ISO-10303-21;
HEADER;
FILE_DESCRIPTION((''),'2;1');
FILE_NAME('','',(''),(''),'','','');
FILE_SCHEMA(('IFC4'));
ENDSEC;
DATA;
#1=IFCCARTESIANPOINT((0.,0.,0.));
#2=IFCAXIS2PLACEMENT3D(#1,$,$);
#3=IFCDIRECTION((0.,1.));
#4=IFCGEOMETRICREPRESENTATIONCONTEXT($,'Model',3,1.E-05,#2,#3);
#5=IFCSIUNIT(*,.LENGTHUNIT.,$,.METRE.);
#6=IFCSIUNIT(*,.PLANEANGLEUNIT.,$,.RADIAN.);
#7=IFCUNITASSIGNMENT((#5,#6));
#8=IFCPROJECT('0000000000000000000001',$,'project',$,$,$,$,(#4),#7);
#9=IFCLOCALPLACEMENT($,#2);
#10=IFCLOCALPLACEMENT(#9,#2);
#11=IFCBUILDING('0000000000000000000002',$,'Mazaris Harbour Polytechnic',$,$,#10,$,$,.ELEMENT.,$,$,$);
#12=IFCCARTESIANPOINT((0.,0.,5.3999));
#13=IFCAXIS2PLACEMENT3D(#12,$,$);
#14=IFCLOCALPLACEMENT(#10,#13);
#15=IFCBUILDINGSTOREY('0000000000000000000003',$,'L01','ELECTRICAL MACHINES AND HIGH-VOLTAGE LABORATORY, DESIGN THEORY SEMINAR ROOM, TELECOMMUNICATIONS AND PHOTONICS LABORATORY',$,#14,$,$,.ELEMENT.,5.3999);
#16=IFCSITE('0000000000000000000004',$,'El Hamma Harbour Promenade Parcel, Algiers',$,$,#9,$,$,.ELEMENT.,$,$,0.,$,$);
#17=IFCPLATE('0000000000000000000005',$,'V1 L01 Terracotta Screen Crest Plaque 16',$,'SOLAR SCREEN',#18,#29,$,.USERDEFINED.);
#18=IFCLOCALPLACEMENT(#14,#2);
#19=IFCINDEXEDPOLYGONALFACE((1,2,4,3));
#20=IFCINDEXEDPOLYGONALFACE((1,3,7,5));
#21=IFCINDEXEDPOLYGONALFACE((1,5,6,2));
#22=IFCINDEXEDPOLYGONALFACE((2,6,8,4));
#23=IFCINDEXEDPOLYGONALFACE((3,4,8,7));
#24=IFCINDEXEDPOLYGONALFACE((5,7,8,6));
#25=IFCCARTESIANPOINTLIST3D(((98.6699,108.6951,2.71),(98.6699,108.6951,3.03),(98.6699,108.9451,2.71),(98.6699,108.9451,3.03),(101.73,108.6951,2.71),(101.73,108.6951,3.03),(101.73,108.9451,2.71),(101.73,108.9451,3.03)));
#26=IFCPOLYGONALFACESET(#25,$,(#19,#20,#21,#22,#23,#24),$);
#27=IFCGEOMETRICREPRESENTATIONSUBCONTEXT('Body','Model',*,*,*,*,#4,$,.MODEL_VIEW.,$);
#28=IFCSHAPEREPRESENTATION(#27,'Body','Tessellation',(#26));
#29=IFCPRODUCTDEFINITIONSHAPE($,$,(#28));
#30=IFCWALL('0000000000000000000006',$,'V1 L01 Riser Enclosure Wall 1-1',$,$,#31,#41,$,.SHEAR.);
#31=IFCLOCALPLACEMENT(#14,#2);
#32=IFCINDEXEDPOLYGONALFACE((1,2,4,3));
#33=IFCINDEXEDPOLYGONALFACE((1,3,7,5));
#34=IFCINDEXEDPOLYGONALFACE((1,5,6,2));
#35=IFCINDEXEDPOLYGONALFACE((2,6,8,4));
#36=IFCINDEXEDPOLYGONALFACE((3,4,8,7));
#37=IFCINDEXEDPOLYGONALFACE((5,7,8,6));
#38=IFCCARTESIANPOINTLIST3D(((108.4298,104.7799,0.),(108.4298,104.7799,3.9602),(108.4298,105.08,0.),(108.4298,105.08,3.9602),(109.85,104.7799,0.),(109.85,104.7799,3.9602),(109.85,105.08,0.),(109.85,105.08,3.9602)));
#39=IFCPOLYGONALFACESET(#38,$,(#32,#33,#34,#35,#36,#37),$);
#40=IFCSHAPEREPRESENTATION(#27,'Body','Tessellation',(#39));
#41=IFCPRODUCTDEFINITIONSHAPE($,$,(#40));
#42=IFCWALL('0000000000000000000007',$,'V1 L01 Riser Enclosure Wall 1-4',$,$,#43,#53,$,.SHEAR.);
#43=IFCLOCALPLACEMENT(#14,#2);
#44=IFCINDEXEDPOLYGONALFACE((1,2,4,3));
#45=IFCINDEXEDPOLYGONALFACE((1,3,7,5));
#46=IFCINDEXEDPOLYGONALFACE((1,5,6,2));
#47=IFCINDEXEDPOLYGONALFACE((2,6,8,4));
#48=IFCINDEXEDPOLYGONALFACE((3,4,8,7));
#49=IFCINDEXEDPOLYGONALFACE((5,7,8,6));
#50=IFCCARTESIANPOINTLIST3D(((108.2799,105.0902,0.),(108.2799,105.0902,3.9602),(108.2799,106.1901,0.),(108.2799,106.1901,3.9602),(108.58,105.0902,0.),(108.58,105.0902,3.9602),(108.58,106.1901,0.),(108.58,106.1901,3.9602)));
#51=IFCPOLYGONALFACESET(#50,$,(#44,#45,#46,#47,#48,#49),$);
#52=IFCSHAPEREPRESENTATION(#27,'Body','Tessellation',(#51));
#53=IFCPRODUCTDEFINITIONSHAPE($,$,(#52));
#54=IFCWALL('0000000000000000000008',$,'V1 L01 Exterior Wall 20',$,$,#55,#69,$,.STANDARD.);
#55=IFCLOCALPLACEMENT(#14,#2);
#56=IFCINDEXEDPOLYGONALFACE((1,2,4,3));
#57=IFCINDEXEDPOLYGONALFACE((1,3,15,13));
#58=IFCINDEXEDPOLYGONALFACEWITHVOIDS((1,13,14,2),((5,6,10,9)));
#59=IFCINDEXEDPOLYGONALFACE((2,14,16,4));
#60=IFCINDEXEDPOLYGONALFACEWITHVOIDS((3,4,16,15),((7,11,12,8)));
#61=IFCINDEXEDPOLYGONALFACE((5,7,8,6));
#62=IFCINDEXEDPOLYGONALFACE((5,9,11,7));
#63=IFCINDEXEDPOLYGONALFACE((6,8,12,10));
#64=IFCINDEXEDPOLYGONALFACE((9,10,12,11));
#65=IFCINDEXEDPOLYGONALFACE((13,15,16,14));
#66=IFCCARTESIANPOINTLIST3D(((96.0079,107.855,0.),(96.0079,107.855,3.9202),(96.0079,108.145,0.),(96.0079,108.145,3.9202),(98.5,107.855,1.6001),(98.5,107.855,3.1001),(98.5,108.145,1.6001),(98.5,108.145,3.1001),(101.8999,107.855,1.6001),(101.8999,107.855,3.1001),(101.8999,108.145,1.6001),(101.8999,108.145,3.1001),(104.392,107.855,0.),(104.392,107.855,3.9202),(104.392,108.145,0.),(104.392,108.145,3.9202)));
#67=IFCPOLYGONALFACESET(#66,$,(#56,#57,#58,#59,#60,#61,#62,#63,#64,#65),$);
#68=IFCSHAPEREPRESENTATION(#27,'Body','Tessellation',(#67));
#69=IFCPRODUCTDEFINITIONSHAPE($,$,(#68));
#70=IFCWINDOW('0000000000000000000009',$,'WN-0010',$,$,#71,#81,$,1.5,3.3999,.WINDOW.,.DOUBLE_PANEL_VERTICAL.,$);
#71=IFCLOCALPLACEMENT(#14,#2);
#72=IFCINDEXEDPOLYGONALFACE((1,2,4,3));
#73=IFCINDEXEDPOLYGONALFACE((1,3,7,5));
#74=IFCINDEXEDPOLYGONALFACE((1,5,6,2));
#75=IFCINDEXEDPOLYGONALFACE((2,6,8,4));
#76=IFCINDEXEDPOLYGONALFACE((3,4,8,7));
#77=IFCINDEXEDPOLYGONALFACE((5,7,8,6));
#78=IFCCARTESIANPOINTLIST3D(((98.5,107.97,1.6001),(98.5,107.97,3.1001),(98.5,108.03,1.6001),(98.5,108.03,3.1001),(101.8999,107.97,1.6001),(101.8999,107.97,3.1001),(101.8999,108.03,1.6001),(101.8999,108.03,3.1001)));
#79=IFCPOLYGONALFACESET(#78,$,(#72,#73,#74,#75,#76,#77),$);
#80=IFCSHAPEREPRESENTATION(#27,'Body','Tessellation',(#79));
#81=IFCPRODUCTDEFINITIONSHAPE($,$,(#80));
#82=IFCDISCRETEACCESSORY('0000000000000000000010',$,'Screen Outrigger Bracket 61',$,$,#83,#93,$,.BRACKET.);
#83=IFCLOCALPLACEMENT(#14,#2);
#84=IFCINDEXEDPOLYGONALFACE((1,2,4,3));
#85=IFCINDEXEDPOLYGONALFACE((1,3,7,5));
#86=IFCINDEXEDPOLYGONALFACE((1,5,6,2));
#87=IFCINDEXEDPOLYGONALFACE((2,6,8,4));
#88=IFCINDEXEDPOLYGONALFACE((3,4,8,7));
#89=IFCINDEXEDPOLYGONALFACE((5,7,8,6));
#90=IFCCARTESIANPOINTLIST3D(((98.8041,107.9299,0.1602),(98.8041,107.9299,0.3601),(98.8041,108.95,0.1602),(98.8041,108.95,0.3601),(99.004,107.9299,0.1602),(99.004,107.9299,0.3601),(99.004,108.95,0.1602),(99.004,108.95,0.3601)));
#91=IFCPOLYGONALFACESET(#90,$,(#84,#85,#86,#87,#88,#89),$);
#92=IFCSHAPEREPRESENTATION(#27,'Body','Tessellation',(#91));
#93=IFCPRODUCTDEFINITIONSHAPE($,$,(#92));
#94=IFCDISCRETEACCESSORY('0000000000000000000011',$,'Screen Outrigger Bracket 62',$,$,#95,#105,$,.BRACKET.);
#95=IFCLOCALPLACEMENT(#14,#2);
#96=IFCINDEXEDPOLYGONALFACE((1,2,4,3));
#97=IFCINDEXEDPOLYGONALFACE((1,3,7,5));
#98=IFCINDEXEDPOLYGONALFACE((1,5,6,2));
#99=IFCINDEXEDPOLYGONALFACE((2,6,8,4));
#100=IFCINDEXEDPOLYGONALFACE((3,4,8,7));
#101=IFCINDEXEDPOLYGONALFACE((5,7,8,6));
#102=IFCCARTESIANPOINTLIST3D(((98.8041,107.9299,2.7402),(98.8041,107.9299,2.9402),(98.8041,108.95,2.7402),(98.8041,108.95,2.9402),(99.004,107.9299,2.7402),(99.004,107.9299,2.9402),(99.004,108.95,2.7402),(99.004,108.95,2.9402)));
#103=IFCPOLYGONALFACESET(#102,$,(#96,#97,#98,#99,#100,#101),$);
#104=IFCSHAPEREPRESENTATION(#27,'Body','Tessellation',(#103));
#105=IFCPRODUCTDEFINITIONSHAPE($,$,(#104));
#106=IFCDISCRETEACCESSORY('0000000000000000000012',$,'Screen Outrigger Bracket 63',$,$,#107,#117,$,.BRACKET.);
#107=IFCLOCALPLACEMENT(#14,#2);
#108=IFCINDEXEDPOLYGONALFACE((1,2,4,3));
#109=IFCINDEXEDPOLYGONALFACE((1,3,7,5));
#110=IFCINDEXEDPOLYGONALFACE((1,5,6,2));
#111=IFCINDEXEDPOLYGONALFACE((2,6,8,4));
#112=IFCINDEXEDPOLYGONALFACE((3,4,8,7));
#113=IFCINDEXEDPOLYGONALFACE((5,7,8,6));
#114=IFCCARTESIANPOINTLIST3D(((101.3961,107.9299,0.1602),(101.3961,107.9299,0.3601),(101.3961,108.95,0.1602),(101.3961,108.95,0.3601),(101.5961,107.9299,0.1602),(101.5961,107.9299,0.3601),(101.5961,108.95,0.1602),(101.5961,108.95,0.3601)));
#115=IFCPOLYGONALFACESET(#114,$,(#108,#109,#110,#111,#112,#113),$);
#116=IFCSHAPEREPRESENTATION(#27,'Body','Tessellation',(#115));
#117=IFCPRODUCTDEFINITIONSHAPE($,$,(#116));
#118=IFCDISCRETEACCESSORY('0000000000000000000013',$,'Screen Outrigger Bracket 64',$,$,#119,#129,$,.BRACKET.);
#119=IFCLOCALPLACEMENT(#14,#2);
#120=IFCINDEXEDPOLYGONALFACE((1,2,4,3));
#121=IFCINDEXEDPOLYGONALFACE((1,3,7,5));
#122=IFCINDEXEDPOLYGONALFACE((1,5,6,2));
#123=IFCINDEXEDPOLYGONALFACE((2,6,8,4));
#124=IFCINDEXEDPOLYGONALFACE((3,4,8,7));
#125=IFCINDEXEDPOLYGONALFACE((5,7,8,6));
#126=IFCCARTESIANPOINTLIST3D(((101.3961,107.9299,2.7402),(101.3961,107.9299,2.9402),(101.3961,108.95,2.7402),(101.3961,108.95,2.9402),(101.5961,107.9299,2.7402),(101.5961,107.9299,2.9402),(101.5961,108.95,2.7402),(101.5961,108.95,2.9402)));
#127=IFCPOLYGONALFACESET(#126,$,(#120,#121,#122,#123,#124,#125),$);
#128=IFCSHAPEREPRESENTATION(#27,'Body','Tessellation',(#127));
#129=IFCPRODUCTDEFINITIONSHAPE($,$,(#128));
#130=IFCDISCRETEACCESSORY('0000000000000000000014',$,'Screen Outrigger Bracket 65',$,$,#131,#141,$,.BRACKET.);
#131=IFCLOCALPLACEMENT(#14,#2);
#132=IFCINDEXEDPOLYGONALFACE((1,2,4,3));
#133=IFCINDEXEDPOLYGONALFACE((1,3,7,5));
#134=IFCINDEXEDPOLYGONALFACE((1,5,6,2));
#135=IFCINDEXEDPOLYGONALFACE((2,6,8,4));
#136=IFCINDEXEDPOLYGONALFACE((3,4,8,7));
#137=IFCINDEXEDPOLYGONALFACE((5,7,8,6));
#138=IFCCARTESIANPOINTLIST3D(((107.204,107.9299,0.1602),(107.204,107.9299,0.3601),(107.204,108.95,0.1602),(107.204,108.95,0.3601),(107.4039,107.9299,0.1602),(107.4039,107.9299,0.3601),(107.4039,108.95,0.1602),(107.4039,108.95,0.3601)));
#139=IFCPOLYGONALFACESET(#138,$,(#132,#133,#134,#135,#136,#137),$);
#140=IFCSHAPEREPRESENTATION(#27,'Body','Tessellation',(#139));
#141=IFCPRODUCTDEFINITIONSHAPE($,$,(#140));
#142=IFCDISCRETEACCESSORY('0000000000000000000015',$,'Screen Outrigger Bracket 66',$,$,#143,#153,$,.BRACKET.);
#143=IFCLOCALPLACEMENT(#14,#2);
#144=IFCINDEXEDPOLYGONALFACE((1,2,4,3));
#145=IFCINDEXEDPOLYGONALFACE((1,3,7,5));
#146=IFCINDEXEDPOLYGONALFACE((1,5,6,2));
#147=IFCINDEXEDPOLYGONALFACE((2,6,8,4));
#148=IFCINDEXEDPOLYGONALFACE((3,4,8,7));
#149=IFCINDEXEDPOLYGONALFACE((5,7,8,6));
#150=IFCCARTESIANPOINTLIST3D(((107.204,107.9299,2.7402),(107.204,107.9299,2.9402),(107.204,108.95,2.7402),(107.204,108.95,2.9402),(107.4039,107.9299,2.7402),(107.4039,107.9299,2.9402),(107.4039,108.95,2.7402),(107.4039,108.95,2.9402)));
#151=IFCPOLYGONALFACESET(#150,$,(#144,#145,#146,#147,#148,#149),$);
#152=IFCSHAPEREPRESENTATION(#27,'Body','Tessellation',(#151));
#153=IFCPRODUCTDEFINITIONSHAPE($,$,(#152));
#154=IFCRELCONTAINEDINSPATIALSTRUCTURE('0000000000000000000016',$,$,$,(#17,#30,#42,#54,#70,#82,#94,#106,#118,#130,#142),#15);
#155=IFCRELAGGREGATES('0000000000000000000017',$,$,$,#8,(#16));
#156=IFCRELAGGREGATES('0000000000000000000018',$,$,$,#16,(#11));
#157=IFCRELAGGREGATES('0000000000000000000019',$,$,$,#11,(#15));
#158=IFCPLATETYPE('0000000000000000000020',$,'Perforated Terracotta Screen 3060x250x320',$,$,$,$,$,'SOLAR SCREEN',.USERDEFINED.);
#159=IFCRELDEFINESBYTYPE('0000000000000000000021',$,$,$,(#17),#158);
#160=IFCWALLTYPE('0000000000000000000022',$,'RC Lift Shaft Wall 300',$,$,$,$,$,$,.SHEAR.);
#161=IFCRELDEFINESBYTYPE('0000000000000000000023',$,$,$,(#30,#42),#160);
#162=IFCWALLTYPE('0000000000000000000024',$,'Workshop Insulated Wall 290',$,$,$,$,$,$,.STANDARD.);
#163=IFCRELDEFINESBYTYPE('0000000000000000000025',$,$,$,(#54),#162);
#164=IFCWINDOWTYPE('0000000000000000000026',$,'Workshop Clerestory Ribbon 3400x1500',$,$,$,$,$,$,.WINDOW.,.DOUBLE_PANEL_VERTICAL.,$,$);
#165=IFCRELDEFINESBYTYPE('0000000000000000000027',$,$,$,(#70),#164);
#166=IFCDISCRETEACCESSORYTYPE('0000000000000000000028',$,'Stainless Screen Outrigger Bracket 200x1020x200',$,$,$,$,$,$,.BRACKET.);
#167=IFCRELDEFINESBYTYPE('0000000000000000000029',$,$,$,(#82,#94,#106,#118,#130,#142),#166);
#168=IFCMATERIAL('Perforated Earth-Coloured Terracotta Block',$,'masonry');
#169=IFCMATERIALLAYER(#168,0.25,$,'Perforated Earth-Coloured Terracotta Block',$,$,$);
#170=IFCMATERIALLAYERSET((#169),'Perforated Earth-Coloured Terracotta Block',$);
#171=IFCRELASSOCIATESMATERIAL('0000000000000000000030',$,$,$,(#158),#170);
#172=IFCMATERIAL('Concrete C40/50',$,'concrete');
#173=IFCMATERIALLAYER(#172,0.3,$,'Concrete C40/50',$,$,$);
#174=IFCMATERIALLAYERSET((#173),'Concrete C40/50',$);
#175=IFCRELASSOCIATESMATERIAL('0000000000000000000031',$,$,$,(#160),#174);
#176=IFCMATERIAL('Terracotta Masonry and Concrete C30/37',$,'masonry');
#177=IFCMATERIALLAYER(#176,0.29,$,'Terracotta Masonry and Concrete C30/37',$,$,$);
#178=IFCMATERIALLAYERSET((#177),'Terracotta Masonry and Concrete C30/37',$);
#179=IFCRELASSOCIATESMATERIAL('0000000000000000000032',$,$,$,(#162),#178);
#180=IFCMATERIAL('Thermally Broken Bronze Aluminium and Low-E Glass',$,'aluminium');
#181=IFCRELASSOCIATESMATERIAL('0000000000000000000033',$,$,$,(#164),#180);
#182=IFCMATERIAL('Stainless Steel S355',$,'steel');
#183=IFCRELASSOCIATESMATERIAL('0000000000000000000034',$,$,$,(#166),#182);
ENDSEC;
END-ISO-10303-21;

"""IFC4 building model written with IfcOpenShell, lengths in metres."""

from ifc_helpers import new_model, si_unit, direction, frame, frame_2d, origin, origin_2d, place, context, subcontext, project, spatial, rectangle, extrude, material, layer, layer_set, type_object, element, fill, save


model = new_model("IFC4")

# Units and contexts
model_context = context("Model", 3, precision=1e-05, world=origin(), true_north=direction((0.0, 1.0)))
body_context = subcontext(model_context, "Body", "Model", "MODEL_VIEW")
ifc_project = project(units=[si_unit("LENGTHUNIT", "METRE"), si_unit("PLANEANGLEUNIT", "RADIAN")], contexts=[model_context])

# Site, building, storey
site_placement = place(None, origin())
site = spatial("IfcSite", under=ifc_project, at=site_placement, Name="El Hamma Harbour Promenade Parcel, Algiers", CompositionType="ELEMENT", RefElevation=0.0)
building_placement = place(site_placement, origin())
building = spatial("IfcBuilding", under=site, at=building_placement, Name="Mazaris Harbour Polytechnic", CompositionType="ELEMENT")
storey_placement = place(building_placement, frame((0.0, 0.0, 5.3999)))
storey = spatial("IfcBuildingStorey", under=building, at=storey_placement, Name="L01", Description="ELECTRICAL MACHINES AND HIGH-VOLTAGE LABORATORY, DESIGN THEORY SEMINAR ROOM, TELECOMMUNICATIONS AND PHOTONICS LABORATORY", CompositionType="ELEMENT", Elevation=5.3999)

# Plate
ifc_material_1 = material(Name="Perforated Earth-Coloured Terracotta Block", Category="masonry")
ifc_layer_1 = layer(ifc_material_1, 0.25, Name="Perforated Earth-Coloured Terracotta Block")
ifc_layer_set_1 = layer_set([ifc_layer_1], Name="Perforated Earth-Coloured Terracotta Block")
plate_type_1 = type_object("IfcPlateType", Name="Perforated Terracotta Screen 3060x250x320", ElementType="SOLAR SCREEN", PredefinedType="USERDEFINED", material=ifc_layer_set_1)
plate_1_placement = place(storey_placement, frame((100.2, 108.8201, 2.71), z_axis=(0.0, 0.0, 1.0), x_axis=(1.0, 0.0, 0.0)))
element("IfcPlate", 1, at=plate_1_placement, inside=storey, type_object=plate_type_1, Name="V1 L01 Terracotta Screen Crest Plaque 16", ObjectType="SOLAR SCREEN", PredefinedType="USERDEFINED", context=body_context, shape_type="SweptSolid", body=[
    extrude(rectangle(XDim=3.0601, YDim=0.25, at=origin_2d()), origin(), (0.0, 0.0, 1.0), 0.3201),
])

# Walls
ifc_material_2 = material(Name="Concrete C40/50", Category="concrete")
ifc_layer_2 = layer(ifc_material_2, 0.3, Name="Concrete C40/50")
ifc_layer_set_2 = layer_set([ifc_layer_2], Name="Concrete C40/50")
wall_type_1 = type_object("IfcWallType", Name="RC Lift Shaft Wall 300", PredefinedType="SHEAR", material=ifc_layer_set_2)
wall_1_placement = place(storey_placement, frame((108.4299, 104.9299, 0.0), z_axis=(0.0, 0.0, 1.0), x_axis=(1.0, 0.0, 0.0)))
element("IfcWall", 2, at=wall_1_placement, inside=storey, type_object=wall_type_1, Name="V1 L01 Riser Enclosure Wall 1-1", PredefinedType="SHEAR", context=body_context, shape_type="SweptSolid", body=[
    extrude(rectangle(XDim=1.4202, YDim=0.3, at=frame_2d((0.71, 0.0))), origin(), (0.0, 0.0, 1.0), 3.9602),
])
wall_2_placement = place(storey_placement, frame((108.4299, 106.1899, 0.0), z_axis=(0.0, 0.0, 1.0), x_axis=(0.0, -1.0, 0.0)))
element("IfcWall", 3, at=wall_2_placement, inside=storey, type_object=wall_type_1, Name="V1 L01 Riser Enclosure Wall 1-4", PredefinedType="SHEAR", context=body_context, shape_type="SweptSolid", body=[
    extrude(rectangle(XDim=1.0999, YDim=0.3, at=frame_2d((0.5498, 0.0))), origin(), (0.0, 0.0, 1.0), 3.9602),
])

# Wall, opening, window
ifc_material_3 = material(Name="Terracotta Masonry and Concrete C30/37", Category="masonry")
ifc_layer_3 = layer(ifc_material_3, 0.29, Name="Terracotta Masonry and Concrete C30/37")
ifc_layer_set_3 = layer_set([ifc_layer_3], Name="Terracotta Masonry and Concrete C30/37")
wall_type_2 = type_object("IfcWallType", Name="Workshop Insulated Wall 290", PredefinedType="STANDARD", material=ifc_layer_set_3)
wall_3_placement = place(storey_placement, frame((96.0081, 108.0, 0.0), z_axis=(0.0, 0.0, 1.0), x_axis=(1.0, 0.0, 0.0)))
wall_3 = element("IfcWall", 4, at=wall_3_placement, inside=storey, type_object=wall_type_2, Name="V1 L01 Exterior Wall 20", PredefinedType="STANDARD", context=body_context, shape_type="SweptSolid", body=[
    extrude(rectangle(XDim=8.384, YDim=0.29, at=frame_2d((4.1919, 0.0))), origin(), (0.0, 0.0, 1.0), 3.9202),
])
opening_placement = place(wall_3_placement, frame((2.4919, 0.0, 1.6001)))
opening = element("IfcOpeningElement", 5, at=opening_placement, cuts=wall_3, PredefinedType="OPENING", context=body_context, shape_type="SweptSolid", body=[
    extrude(rectangle(XDim=3.3999, YDim=1.5, at=frame_2d((1.7, 0.75))), frame((0.0, 0.155, 0.0), z_axis=(0.0, -1.0, 0.0), x_axis=(1.0, 0.0, 0.0)), (0.0, 0.0, 1.0), 0.3101),
])
ifc_material_4 = material(Name="Thermally Broken Bronze Aluminium and Low-E Glass", Category="aluminium")
window_type = type_object("IfcWindowType", Name="Workshop Clerestory Ribbon 3400x1500", PartitioningType="DOUBLE_PANEL_VERTICAL", PredefinedType="WINDOW", material=ifc_material_4)
window_placement = place(opening_placement, origin())
window = element("IfcWindow", 6, at=window_placement, inside=storey, type_object=window_type, Name="WN-0010", OverallHeight=1.5, OverallWidth=3.3999, PartitioningType="DOUBLE_PANEL_VERTICAL", PredefinedType="WINDOW", context=body_context, shape_type="SweptSolid", body=[
    extrude(rectangle(XDim=3.3999, YDim=1.5, at=frame_2d((1.7, 0.75))), frame((0.0, 0.03, 0.0), z_axis=(0.0, -1.0, 0.0), x_axis=(1.0, 0.0, 0.0)), (0.0, 0.0, 1.0), 0.0601),
])
fill(opening, window)

# Discrete accessories
ifc_material_5 = material(Name="Stainless Steel S355", Category="steel")
discrete_accessory_type = type_object("IfcDiscreteAccessoryType", Name="Stainless Screen Outrigger Bracket 200x1020x200", PredefinedType="BRACKET", material=ifc_material_5)
for number, where, z_axis, x_axis, name in (
    (7, (98.9041, 108.4399, 0.1602), (0.0, 0.0, 1.0), (1.0, 0.0, 0.0), "Screen Outrigger Bracket 61"),
    (8, (98.9041, 108.4399, 2.7402), (0.0, 0.0, 1.0), (1.0, 0.0, 0.0), "Screen Outrigger Bracket 62"),
    (9, (101.4961, 108.4399, 0.1602), (0.0, 0.0, 1.0), (1.0, 0.0, 0.0), "Screen Outrigger Bracket 63"),
    (10, (101.4961, 108.4399, 2.7402), (0.0, 0.0, 1.0), (1.0, 0.0, 0.0), "Screen Outrigger Bracket 64"),
    (11, (107.304, 108.4399, 0.1602), (0.0, 0.0, 1.0), (1.0, 0.0, 0.0), "Screen Outrigger Bracket 65"),
    (12, (107.304, 108.4399, 2.7402), (0.0, 0.0, 1.0), (1.0, 0.0, 0.0), "Screen Outrigger Bracket 66"),
):
    element("IfcDiscreteAccessory", number, at=place(storey_placement, frame(where, z_axis=z_axis, x_axis=x_axis)), inside=storey, type_object=discrete_accessory_type, Name=name, PredefinedType="BRACKET", context=body_context, shape_type="SweptSolid", body=[
        extrude(rectangle(XDim=0.2, YDim=1.02, at=origin_2d()), origin(), (0.0, 0.0, 1.0), 0.2),
    ])

save(model, "model.ifc")
